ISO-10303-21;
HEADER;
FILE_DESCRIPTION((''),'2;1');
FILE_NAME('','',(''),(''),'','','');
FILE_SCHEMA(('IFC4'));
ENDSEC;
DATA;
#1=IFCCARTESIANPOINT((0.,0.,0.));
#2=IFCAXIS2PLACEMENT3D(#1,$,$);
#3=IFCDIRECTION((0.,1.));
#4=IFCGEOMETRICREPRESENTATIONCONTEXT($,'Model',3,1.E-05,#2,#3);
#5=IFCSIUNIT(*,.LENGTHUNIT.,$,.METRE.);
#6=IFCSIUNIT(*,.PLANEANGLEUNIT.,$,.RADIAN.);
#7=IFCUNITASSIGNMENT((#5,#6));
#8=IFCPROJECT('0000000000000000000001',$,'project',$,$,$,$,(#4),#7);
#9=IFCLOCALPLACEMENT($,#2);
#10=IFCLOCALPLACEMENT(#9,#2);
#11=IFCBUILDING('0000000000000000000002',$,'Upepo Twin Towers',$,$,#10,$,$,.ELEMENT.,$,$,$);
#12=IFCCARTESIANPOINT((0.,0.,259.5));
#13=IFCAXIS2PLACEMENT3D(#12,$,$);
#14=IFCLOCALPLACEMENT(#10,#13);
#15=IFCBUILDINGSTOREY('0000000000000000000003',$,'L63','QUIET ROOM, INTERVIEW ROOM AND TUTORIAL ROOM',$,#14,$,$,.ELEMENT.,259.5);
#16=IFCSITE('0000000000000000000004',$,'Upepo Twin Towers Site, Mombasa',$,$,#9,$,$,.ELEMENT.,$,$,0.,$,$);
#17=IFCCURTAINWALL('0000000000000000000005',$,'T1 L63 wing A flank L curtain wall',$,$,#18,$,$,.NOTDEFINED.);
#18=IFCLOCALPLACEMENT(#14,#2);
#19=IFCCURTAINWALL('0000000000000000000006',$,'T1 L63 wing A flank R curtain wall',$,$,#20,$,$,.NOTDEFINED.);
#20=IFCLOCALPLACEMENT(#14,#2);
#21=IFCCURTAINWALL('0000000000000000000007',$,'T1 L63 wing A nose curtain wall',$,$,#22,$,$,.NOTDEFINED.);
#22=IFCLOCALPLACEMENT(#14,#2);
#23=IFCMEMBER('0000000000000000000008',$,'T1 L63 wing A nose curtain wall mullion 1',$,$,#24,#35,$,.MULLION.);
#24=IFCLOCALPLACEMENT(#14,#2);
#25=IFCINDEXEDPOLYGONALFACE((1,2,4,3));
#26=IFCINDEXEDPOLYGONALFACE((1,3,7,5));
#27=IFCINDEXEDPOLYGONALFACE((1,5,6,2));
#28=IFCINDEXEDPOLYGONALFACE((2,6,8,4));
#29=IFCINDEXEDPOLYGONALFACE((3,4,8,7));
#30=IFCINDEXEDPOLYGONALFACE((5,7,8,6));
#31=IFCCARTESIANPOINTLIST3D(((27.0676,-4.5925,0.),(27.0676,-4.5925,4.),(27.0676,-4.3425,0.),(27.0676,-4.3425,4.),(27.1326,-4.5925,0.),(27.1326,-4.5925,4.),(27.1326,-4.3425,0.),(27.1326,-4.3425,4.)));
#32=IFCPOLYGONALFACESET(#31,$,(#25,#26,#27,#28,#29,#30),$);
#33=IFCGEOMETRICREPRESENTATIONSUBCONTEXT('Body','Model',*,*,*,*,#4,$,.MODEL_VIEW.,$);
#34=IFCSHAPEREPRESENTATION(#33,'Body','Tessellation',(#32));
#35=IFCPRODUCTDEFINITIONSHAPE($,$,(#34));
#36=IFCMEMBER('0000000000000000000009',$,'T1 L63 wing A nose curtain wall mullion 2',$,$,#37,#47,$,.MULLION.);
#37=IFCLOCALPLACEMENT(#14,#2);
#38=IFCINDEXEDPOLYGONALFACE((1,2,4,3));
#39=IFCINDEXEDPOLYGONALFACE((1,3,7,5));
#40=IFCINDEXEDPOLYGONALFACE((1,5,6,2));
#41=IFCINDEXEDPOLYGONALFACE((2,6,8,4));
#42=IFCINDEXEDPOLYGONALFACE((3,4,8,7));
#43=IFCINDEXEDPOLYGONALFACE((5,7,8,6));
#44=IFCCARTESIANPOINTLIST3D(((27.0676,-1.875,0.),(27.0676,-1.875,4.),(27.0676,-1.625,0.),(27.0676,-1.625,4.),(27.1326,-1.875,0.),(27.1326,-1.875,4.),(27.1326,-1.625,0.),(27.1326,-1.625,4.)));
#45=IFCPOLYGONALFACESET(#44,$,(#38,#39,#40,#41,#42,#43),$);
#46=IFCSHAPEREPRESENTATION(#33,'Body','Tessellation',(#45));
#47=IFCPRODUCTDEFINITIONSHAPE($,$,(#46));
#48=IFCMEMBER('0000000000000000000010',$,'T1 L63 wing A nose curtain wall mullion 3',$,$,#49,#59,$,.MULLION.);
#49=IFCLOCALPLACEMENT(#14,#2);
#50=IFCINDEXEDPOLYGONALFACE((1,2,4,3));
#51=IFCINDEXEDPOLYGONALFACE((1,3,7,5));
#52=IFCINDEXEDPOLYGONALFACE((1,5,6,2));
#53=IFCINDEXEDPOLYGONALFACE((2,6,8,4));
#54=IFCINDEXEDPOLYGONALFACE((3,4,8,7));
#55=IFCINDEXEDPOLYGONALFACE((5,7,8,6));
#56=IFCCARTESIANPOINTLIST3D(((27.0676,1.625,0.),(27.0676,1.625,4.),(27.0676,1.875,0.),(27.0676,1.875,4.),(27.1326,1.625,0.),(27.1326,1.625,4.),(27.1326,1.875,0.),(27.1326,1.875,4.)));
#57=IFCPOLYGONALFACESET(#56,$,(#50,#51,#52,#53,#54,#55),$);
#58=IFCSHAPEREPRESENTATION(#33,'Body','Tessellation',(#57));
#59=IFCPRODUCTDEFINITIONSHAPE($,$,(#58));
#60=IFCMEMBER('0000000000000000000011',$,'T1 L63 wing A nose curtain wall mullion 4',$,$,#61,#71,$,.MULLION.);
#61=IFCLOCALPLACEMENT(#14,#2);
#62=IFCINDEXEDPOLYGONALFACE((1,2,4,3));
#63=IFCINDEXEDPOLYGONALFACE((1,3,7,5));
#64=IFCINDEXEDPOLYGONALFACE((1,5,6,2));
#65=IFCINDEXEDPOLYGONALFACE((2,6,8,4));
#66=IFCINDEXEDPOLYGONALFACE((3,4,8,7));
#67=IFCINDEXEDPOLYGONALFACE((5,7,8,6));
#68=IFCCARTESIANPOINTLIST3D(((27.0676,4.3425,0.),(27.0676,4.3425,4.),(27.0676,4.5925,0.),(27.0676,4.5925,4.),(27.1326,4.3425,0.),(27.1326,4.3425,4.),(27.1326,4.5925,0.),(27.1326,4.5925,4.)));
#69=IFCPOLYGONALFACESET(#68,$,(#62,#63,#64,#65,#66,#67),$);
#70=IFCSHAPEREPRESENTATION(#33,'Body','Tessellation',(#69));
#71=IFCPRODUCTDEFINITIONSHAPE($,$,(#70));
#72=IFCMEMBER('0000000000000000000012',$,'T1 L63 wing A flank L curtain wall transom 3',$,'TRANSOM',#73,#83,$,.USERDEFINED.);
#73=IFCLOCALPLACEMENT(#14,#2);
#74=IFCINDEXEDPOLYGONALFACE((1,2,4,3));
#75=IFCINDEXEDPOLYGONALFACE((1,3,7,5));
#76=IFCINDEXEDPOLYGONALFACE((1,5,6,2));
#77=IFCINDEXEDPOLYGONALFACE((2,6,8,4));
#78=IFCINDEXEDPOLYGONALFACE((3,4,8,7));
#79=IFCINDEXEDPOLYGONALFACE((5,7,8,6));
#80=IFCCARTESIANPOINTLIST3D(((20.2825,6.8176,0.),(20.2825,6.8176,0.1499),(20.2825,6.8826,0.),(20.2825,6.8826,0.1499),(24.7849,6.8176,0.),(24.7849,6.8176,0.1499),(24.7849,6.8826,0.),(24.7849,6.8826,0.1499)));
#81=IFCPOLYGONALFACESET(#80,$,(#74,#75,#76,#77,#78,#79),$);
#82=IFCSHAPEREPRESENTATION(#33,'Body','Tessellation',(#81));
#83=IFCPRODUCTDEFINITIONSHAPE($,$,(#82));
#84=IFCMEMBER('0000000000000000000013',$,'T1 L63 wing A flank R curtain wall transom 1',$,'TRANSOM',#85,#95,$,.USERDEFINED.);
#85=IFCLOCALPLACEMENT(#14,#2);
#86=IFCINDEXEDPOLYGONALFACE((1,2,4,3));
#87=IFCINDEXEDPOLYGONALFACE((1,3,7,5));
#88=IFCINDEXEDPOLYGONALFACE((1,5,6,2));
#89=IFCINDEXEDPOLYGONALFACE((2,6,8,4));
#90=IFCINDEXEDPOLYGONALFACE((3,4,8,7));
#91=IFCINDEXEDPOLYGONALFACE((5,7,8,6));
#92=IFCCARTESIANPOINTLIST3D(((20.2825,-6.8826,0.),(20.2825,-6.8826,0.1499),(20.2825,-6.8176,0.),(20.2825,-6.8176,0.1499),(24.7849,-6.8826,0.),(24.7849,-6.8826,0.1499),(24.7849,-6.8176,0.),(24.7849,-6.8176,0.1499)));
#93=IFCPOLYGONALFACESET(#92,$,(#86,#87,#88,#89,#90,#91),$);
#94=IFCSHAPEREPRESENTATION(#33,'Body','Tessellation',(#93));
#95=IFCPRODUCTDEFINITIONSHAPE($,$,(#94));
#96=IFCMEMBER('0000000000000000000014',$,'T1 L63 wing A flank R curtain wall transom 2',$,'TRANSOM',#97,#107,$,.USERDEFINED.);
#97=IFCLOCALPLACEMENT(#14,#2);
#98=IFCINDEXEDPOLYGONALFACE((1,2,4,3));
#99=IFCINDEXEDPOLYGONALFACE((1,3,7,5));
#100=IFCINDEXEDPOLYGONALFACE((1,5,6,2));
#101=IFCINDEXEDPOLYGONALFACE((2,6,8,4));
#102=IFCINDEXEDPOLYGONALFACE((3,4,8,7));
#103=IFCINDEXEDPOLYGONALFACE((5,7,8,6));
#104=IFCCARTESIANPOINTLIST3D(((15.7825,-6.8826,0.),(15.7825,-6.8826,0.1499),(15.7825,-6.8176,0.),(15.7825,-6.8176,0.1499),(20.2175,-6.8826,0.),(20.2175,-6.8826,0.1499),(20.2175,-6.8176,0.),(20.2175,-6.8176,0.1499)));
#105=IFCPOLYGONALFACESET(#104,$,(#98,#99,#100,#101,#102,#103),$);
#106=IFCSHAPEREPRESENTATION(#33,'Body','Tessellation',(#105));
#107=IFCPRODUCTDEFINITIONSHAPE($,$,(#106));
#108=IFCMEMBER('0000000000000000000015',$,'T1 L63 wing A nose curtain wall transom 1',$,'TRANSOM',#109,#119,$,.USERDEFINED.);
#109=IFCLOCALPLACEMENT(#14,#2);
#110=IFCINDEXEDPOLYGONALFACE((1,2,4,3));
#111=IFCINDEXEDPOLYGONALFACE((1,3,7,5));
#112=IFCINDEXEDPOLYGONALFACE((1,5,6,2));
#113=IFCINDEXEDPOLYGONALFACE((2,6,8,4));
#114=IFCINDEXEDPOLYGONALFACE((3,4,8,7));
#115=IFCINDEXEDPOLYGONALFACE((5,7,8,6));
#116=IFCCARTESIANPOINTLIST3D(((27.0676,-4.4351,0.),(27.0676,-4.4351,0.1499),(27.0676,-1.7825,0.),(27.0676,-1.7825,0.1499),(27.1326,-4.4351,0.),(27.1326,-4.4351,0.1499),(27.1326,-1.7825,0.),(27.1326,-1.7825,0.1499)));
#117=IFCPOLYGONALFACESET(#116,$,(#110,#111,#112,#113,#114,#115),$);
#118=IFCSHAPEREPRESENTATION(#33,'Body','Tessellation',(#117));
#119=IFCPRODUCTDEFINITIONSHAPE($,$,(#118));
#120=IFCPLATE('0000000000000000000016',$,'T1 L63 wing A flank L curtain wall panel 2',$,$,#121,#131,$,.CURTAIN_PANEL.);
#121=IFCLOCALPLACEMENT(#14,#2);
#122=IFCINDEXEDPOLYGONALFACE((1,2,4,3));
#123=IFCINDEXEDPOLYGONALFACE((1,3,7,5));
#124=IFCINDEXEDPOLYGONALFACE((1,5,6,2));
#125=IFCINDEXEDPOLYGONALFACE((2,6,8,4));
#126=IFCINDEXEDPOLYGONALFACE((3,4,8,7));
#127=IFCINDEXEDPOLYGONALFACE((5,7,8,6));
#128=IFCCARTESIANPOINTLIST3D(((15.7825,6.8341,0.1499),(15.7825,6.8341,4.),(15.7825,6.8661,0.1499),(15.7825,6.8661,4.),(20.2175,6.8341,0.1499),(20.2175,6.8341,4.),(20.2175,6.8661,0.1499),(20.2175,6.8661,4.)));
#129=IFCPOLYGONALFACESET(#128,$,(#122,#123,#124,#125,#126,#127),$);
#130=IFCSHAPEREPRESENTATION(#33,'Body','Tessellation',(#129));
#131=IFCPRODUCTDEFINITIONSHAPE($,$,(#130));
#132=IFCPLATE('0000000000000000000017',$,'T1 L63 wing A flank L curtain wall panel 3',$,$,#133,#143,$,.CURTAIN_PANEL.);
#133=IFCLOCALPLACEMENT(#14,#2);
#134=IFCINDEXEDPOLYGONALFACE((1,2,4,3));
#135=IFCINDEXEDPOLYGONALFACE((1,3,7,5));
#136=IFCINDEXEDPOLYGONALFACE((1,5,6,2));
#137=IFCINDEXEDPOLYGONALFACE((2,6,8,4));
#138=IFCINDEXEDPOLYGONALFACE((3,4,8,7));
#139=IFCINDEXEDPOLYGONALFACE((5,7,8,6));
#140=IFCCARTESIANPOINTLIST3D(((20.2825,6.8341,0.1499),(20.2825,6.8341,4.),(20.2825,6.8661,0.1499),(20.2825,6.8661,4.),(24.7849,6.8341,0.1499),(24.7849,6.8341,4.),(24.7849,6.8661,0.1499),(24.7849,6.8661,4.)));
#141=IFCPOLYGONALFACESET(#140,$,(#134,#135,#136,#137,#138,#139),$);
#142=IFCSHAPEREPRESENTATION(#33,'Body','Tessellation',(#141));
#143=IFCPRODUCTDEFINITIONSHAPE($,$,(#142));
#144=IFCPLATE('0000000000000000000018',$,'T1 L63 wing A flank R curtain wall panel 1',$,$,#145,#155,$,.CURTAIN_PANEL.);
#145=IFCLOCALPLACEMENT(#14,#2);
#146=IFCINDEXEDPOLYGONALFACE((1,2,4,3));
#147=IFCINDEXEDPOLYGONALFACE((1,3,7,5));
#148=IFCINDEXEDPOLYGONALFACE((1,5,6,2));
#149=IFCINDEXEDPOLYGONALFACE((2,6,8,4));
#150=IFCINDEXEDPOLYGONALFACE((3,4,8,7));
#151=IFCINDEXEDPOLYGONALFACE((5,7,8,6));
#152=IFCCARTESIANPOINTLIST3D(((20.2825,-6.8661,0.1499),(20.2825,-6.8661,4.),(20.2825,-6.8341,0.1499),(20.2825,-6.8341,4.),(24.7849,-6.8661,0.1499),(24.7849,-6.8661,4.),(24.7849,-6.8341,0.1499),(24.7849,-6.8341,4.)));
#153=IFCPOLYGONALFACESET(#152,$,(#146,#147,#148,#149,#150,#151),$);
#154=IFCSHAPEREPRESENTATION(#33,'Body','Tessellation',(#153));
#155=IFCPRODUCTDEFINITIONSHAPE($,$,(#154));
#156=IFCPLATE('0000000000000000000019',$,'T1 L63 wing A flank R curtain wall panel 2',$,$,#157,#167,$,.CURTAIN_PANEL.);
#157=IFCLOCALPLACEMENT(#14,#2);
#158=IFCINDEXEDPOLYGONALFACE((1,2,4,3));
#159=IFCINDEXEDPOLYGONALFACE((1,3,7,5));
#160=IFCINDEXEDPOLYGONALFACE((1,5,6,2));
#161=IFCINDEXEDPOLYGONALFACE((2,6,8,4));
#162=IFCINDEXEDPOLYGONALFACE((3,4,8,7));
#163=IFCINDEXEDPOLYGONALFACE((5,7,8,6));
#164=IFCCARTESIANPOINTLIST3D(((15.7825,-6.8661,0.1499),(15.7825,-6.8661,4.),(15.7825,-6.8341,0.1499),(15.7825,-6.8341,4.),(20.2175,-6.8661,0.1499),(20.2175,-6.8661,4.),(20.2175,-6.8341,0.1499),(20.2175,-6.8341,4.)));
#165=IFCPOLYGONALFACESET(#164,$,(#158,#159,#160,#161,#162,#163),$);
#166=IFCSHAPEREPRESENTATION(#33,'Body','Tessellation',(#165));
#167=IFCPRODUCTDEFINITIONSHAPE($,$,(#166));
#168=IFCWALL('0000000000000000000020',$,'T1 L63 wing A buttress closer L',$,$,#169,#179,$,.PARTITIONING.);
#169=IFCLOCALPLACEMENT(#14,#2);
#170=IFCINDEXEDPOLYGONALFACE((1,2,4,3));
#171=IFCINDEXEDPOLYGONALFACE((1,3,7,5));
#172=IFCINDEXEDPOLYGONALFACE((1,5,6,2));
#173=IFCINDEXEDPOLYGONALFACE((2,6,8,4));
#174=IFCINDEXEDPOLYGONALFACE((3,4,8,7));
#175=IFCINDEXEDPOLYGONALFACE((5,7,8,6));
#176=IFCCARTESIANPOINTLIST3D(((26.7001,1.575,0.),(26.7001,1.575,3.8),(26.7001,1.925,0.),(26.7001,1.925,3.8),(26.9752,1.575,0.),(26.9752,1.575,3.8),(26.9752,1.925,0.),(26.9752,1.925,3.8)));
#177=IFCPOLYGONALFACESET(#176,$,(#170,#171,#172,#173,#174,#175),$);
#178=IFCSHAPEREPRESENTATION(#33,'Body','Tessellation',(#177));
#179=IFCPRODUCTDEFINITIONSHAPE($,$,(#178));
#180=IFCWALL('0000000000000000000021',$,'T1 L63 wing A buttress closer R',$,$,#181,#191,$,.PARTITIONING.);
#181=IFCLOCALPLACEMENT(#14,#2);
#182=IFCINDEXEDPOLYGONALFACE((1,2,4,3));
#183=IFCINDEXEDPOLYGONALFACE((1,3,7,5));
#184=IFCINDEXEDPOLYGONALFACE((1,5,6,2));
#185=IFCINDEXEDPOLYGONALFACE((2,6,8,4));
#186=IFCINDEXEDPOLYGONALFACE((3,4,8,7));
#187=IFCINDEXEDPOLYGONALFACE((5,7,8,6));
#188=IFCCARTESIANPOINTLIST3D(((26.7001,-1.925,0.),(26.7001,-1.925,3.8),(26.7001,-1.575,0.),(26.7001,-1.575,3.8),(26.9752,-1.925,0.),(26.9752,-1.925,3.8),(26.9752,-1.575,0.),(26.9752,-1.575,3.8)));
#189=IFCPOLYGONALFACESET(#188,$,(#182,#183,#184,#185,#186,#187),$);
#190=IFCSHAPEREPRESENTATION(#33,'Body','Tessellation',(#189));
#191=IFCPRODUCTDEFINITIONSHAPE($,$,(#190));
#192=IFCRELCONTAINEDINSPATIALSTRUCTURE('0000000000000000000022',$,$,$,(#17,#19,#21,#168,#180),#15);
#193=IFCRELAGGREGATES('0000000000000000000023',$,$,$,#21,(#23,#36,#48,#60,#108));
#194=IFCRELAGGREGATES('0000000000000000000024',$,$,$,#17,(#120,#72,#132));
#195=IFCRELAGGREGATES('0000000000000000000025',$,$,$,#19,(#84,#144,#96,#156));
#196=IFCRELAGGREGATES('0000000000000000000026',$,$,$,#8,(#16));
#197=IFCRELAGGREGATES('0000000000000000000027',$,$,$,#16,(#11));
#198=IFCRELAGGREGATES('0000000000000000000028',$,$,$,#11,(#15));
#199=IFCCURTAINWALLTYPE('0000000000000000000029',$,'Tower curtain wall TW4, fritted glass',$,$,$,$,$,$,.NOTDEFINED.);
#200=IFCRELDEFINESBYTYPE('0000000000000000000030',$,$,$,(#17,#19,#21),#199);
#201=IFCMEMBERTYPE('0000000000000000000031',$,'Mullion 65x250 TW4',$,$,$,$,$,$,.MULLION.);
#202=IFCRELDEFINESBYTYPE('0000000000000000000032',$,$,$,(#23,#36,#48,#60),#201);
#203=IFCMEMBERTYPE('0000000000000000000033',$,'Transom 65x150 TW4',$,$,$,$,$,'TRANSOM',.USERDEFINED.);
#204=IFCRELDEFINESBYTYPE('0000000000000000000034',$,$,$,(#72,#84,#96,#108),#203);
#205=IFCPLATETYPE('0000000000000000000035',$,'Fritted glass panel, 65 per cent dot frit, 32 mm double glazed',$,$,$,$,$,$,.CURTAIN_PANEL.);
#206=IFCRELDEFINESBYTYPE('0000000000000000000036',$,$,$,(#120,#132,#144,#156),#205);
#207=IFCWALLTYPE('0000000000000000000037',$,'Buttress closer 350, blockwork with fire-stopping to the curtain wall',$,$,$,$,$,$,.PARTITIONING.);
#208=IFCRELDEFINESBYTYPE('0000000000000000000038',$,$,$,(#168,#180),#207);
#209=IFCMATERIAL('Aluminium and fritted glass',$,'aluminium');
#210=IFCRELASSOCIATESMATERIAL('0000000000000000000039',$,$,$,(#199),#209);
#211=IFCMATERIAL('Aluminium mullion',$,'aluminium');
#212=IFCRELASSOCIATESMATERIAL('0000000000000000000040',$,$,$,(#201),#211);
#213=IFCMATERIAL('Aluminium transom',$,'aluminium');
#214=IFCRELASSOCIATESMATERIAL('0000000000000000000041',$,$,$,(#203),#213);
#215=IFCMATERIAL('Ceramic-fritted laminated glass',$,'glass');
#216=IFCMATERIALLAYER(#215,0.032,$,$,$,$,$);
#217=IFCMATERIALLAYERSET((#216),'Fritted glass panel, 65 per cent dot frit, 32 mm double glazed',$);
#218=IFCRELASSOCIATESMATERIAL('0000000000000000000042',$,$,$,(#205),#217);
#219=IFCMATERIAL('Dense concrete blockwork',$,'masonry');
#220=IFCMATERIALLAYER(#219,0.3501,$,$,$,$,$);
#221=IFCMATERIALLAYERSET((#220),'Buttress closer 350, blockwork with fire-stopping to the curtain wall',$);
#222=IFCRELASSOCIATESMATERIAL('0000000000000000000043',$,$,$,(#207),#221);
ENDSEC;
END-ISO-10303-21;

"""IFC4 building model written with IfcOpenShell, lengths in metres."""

from ifc_helpers import new_model, si_unit, direction, frame, frame_2d, origin, origin_2d, place, context, subcontext, project, spatial, rectangle, extrude, material, layer, layer_set, material_profile, profile_set, type_object, element, aggregate, save


model = new_model("IFC4")

# Units and contexts
model_context = context("Model", 3, precision=1e-05, world=origin(), true_north=direction((0.0, 1.0)))
body_context = subcontext(model_context, "Body", "Model", "MODEL_VIEW")
ifc_project = project(units=[si_unit("LENGTHUNIT", "METRE"), si_unit("PLANEANGLEUNIT", "RADIAN")], contexts=[model_context])

# Site, building, storey
site_placement = place(None, origin())
site = spatial("IfcSite", under=ifc_project, at=site_placement, Name="Upepo Twin Towers Site, Mombasa", CompositionType="ELEMENT", RefElevation=0.0)
building_placement = place(site_placement, origin())
building = spatial("IfcBuilding", under=site, at=building_placement, Name="Upepo Twin Towers", CompositionType="ELEMENT")
storey_placement = place(building_placement, frame((0.0, 0.0, 259.5)))
storey = spatial("IfcBuildingStorey", under=building, at=storey_placement, Name="L63", Description="QUIET ROOM, INTERVIEW ROOM AND TUTORIAL ROOM", CompositionType="ELEMENT", Elevation=259.5)

# Curtain walls, members
ifc_material_1 = material(Name="Aluminium and fritted glass", Category="aluminium")
curtain_wall_type = type_object("IfcCurtainWallType", Name="Tower curtain wall TW4, fritted glass", PredefinedType="NOTDEFINED", material=ifc_material_1)
curtain_wall_1_placement = place(storey_placement, origin())
curtain_wall_1 = element("IfcCurtainWall", 1, at=curtain_wall_1_placement, inside=storey, type_object=curtain_wall_type, Name="T1 L63 wing A flank L curtain wall", PredefinedType="NOTDEFINED")
ifc_material_2 = material(Name="Aluminium mullion", Category="aluminium")
ifc_material_profile_1 = material_profile(ifc_material_2, rectangle(XDim=0.0649, YDim=0.25, at=origin_2d()), Name="MULLION 65x250")
ifc_profile_set_1 = profile_set([ifc_material_profile_1], Name="Aluminium mullion")
member_type_1 = type_object("IfcMemberType", Name="Mullion 65x250 TW4", PredefinedType="MULLION", material=ifc_profile_set_1)
curtain_wall_2_placement = place(storey_placement, origin())
curtain_wall_2 = element("IfcCurtainWall", 2, at=curtain_wall_2_placement, inside=storey, type_object=curtain_wall_type, Name="T1 L63 wing A flank R curtain wall", PredefinedType="NOTDEFINED")
curtain_wall_3_placement = place(storey_placement, origin())
curtain_wall_3 = element("IfcCurtainWall", 3, at=curtain_wall_3_placement, inside=storey, type_object=curtain_wall_type, Name="T1 L63 wing A nose curtain wall", PredefinedType="NOTDEFINED")
member_1_placement = place(storey_placement, frame((27.1001, -4.4675, 0.0), z_axis=(0.0, 0.0, 1.0), x_axis=(-1.0, 0.0, 0.0)))
member_1 = element("IfcMember", 4, at=member_1_placement, type_object=member_type_1, Name="T1 L63 wing A nose curtain wall mullion 1", PredefinedType="MULLION", context=body_context, shape_type="SweptSolid", body=[
    extrude(rectangle(XDim=0.0649, YDim=0.25, at=origin_2d()), origin(), (0.0, 0.0, 1.0), 4.0),
])
member_2_placement = place(storey_placement, frame((27.1001, -1.75, 0.0), z_axis=(0.0, 0.0, 1.0), x_axis=(-1.0, 0.0, 0.0)))
member_2 = element("IfcMember", 5, at=member_2_placement, type_object=member_type_1, Name="T1 L63 wing A nose curtain wall mullion 2", PredefinedType="MULLION", context=body_context, shape_type="SweptSolid", body=[
    extrude(rectangle(XDim=0.0649, YDim=0.25, at=origin_2d()), origin(), (0.0, 0.0, 1.0), 4.0),
])
member_3_placement = place(storey_placement, frame((27.1001, 1.75, 0.0), z_axis=(0.0, 0.0, 1.0), x_axis=(-1.0, 0.0, 0.0)))
member_3 = element("IfcMember", 6, at=member_3_placement, type_object=member_type_1, Name="T1 L63 wing A nose curtain wall mullion 3", PredefinedType="MULLION", context=body_context, shape_type="SweptSolid", body=[
    extrude(rectangle(XDim=0.0649, YDim=0.25, at=origin_2d()), origin(), (0.0, 0.0, 1.0), 4.0),
])
member_4_placement = place(storey_placement, frame((27.1001, 4.4675, 0.0), z_axis=(0.0, 0.0, 1.0), x_axis=(-1.0, 0.0, 0.0)))
member_4 = element("IfcMember", 7, at=member_4_placement, type_object=member_type_1, Name="T1 L63 wing A nose curtain wall mullion 4", PredefinedType="MULLION", context=body_context, shape_type="SweptSolid", body=[
    extrude(rectangle(XDim=0.0649, YDim=0.25, at=origin_2d()), origin(), (0.0, 0.0, 1.0), 4.0),
])

# Members
ifc_material_3 = material(Name="Aluminium transom", Category="aluminium")
ifc_material_profile_2 = material_profile(ifc_material_3, rectangle(XDim=0.0649, YDim=0.1499, at=origin_2d()), Name="TRANSOM 65x150")
ifc_profile_set_2 = profile_set([ifc_material_profile_2], Name="Aluminium transom")
member_type_2 = type_object("IfcMemberType", Name="Transom 65x150 TW4", ElementType="TRANSOM", PredefinedType="USERDEFINED", material=ifc_profile_set_2)
member_5_placement = place(storey_placement, frame((20.2825, 6.8501, 0.075), z_axis=(1.0, 0.0, 0.0), x_axis=(0.0, 1.0, 0.0)))
member_5 = element("IfcMember", 8, at=member_5_placement, type_object=member_type_2, Name="T1 L63 wing A flank L curtain wall transom 3", ObjectType="TRANSOM", PredefinedType="USERDEFINED", context=body_context, shape_type="SweptSolid", body=[
    extrude(rectangle(XDim=0.0649, YDim=0.1499, at=origin_2d()), origin(), (0.0, 0.0, 1.0), 4.5024),
])
member_6_placement = place(storey_placement, frame((24.7849, -6.8501, 0.075), z_axis=(-1.0, 0.0, 0.0), x_axis=(0.0, -1.0, 0.0)))
member_6 = element("IfcMember", 9, at=member_6_placement, type_object=member_type_2, Name="T1 L63 wing A flank R curtain wall transom 1", ObjectType="TRANSOM", PredefinedType="USERDEFINED", context=body_context, shape_type="SweptSolid", body=[
    extrude(rectangle(XDim=0.0649, YDim=0.1499, at=origin_2d()), origin(), (0.0, 0.0, 1.0), 4.5024),
])
member_7_placement = place(storey_placement, frame((20.2175, -6.8501, 0.075), z_axis=(-1.0, 0.0, 0.0), x_axis=(0.0, -1.0, 0.0)))
member_7 = element("IfcMember", 10, at=member_7_placement, type_object=member_type_2, Name="T1 L63 wing A flank R curtain wall transom 2", ObjectType="TRANSOM", PredefinedType="USERDEFINED", context=body_context, shape_type="SweptSolid", body=[
    extrude(rectangle(XDim=0.0649, YDim=0.1499, at=origin_2d()), origin(), (0.0, 0.0, 1.0), 4.4351),
])
member_8_placement = place(storey_placement, frame((27.1001, -4.4351, 0.075), z_axis=(0.0, 1.0, 0.0), x_axis=(-1.0, 0.0, 0.0)))
member_8 = element("IfcMember", 11, at=member_8_placement, type_object=member_type_2, Name="T1 L63 wing A nose curtain wall transom 1", ObjectType="TRANSOM", PredefinedType="USERDEFINED", context=body_context, shape_type="SweptSolid", body=[
    extrude(rectangle(XDim=0.0649, YDim=0.1499, at=origin_2d()), origin(), (0.0, 0.0, 1.0), 2.6526),
])
aggregate(curtain_wall_3, [member_1, member_2, member_3, member_4, member_8])

# Plates
ifc_material_4 = material(Name="Ceramic-fritted laminated glass", Category="glass")
ifc_layer_1 = layer(ifc_material_4, 0.032)
ifc_layer_set_1 = layer_set([ifc_layer_1], Name="Fritted glass panel, 65 per cent dot frit, 32 mm double glazed")
plate_type = type_object("IfcPlateType", Name="Fritted glass panel, 65 per cent dot frit, 32 mm double glazed", PredefinedType="CURTAIN_PANEL", material=ifc_layer_set_1)
plate_1_placement = place(storey_placement, frame((18.0, 6.8501, 0.1499), z_axis=(0.0, 0.0, 1.0), x_axis=(1.0, 0.0, 0.0)))
plate_1 = element("IfcPlate", 12, at=plate_1_placement, type_object=plate_type, Name="T1 L63 wing A flank L curtain wall panel 2", PredefinedType="CURTAIN_PANEL", context=body_context, shape_type="SweptSolid", body=[
    extrude(rectangle(XDim=4.4351, YDim=0.032, at=origin_2d()), origin(), (0.0, 0.0, 1.0), 3.8501),
])
plate_2_placement = place(storey_placement, frame((22.5337, 6.8501, 0.1499), z_axis=(0.0, 0.0, 1.0), x_axis=(1.0, 0.0, 0.0)))
plate_2 = element("IfcPlate", 13, at=plate_2_placement, type_object=plate_type, Name="T1 L63 wing A flank L curtain wall panel 3", PredefinedType="CURTAIN_PANEL", context=body_context, shape_type="SweptSolid", body=[
    extrude(rectangle(XDim=4.5024, YDim=0.032, at=origin_2d()), origin(), (0.0, 0.0, 1.0), 3.8501),
])
aggregate(curtain_wall_1, [plate_1, member_5, plate_2])
plate_3_placement = place(storey_placement, frame((22.5337, -6.8501, 0.1499), z_axis=(0.0, 0.0, 1.0), x_axis=(-1.0, 0.0, 0.0)))
plate_3 = element("IfcPlate", 14, at=plate_3_placement, type_object=plate_type, Name="T1 L63 wing A flank R curtain wall panel 1", PredefinedType="CURTAIN_PANEL", context=body_context, shape_type="SweptSolid", body=[
    extrude(rectangle(XDim=4.5024, YDim=0.032, at=origin_2d()), origin(), (0.0, 0.0, 1.0), 3.8501),
])
plate_4_placement = place(storey_placement, frame((18.0, -6.8501, 0.1499), z_axis=(0.0, 0.0, 1.0), x_axis=(-1.0, 0.0, 0.0)))
plate_4 = element("IfcPlate", 15, at=plate_4_placement, type_object=plate_type, Name="T1 L63 wing A flank R curtain wall panel 2", PredefinedType="CURTAIN_PANEL", context=body_context, shape_type="SweptSolid", body=[
    extrude(rectangle(XDim=4.4351, YDim=0.032, at=origin_2d()), origin(), (0.0, 0.0, 1.0), 3.8501),
])
aggregate(curtain_wall_2, [member_6, plate_3, member_7, plate_4])

# Walls
ifc_material_5 = material(Name="Dense concrete blockwork", Category="masonry")
ifc_layer_2 = layer(ifc_material_5, 0.3501)
ifc_layer_set_2 = layer_set([ifc_layer_2], Name="Buttress closer 350, blockwork with fire-stopping to the curtain wall")
wall_type_1 = type_object("IfcWallType", Name="Buttress closer 350, blockwork with fire-stopping to the curtain wall", PredefinedType="PARTITIONING", material=ifc_layer_set_2)
for number, where, z_axis, x_axis, name in (
    (16, (26.7, 1.75, 0.0), (0.0, 0.0, 1.0), (1.0, 0.0, 0.0), "T1 L63 wing A buttress closer L"),
    (17, (26.7, -1.75, 0.0), (0.0, 0.0, 1.0), (1.0, 0.0, 0.0), "T1 L63 wing A buttress closer R"),
):
    element("IfcWall", number, at=place(storey_placement, frame(where, z_axis=z_axis, x_axis=x_axis)), inside=storey, type_object=wall_type_1, Name=name, PredefinedType="PARTITIONING", context=body_context, shape_type="SweptSolid", body=[
        extrude(rectangle(XDim=0.2751, YDim=0.3501, at=frame_2d((0.1377, 0.0))), origin(), (0.0, 0.0, 1.0), 3.8),
    ])

save(model, "model.ifc")
